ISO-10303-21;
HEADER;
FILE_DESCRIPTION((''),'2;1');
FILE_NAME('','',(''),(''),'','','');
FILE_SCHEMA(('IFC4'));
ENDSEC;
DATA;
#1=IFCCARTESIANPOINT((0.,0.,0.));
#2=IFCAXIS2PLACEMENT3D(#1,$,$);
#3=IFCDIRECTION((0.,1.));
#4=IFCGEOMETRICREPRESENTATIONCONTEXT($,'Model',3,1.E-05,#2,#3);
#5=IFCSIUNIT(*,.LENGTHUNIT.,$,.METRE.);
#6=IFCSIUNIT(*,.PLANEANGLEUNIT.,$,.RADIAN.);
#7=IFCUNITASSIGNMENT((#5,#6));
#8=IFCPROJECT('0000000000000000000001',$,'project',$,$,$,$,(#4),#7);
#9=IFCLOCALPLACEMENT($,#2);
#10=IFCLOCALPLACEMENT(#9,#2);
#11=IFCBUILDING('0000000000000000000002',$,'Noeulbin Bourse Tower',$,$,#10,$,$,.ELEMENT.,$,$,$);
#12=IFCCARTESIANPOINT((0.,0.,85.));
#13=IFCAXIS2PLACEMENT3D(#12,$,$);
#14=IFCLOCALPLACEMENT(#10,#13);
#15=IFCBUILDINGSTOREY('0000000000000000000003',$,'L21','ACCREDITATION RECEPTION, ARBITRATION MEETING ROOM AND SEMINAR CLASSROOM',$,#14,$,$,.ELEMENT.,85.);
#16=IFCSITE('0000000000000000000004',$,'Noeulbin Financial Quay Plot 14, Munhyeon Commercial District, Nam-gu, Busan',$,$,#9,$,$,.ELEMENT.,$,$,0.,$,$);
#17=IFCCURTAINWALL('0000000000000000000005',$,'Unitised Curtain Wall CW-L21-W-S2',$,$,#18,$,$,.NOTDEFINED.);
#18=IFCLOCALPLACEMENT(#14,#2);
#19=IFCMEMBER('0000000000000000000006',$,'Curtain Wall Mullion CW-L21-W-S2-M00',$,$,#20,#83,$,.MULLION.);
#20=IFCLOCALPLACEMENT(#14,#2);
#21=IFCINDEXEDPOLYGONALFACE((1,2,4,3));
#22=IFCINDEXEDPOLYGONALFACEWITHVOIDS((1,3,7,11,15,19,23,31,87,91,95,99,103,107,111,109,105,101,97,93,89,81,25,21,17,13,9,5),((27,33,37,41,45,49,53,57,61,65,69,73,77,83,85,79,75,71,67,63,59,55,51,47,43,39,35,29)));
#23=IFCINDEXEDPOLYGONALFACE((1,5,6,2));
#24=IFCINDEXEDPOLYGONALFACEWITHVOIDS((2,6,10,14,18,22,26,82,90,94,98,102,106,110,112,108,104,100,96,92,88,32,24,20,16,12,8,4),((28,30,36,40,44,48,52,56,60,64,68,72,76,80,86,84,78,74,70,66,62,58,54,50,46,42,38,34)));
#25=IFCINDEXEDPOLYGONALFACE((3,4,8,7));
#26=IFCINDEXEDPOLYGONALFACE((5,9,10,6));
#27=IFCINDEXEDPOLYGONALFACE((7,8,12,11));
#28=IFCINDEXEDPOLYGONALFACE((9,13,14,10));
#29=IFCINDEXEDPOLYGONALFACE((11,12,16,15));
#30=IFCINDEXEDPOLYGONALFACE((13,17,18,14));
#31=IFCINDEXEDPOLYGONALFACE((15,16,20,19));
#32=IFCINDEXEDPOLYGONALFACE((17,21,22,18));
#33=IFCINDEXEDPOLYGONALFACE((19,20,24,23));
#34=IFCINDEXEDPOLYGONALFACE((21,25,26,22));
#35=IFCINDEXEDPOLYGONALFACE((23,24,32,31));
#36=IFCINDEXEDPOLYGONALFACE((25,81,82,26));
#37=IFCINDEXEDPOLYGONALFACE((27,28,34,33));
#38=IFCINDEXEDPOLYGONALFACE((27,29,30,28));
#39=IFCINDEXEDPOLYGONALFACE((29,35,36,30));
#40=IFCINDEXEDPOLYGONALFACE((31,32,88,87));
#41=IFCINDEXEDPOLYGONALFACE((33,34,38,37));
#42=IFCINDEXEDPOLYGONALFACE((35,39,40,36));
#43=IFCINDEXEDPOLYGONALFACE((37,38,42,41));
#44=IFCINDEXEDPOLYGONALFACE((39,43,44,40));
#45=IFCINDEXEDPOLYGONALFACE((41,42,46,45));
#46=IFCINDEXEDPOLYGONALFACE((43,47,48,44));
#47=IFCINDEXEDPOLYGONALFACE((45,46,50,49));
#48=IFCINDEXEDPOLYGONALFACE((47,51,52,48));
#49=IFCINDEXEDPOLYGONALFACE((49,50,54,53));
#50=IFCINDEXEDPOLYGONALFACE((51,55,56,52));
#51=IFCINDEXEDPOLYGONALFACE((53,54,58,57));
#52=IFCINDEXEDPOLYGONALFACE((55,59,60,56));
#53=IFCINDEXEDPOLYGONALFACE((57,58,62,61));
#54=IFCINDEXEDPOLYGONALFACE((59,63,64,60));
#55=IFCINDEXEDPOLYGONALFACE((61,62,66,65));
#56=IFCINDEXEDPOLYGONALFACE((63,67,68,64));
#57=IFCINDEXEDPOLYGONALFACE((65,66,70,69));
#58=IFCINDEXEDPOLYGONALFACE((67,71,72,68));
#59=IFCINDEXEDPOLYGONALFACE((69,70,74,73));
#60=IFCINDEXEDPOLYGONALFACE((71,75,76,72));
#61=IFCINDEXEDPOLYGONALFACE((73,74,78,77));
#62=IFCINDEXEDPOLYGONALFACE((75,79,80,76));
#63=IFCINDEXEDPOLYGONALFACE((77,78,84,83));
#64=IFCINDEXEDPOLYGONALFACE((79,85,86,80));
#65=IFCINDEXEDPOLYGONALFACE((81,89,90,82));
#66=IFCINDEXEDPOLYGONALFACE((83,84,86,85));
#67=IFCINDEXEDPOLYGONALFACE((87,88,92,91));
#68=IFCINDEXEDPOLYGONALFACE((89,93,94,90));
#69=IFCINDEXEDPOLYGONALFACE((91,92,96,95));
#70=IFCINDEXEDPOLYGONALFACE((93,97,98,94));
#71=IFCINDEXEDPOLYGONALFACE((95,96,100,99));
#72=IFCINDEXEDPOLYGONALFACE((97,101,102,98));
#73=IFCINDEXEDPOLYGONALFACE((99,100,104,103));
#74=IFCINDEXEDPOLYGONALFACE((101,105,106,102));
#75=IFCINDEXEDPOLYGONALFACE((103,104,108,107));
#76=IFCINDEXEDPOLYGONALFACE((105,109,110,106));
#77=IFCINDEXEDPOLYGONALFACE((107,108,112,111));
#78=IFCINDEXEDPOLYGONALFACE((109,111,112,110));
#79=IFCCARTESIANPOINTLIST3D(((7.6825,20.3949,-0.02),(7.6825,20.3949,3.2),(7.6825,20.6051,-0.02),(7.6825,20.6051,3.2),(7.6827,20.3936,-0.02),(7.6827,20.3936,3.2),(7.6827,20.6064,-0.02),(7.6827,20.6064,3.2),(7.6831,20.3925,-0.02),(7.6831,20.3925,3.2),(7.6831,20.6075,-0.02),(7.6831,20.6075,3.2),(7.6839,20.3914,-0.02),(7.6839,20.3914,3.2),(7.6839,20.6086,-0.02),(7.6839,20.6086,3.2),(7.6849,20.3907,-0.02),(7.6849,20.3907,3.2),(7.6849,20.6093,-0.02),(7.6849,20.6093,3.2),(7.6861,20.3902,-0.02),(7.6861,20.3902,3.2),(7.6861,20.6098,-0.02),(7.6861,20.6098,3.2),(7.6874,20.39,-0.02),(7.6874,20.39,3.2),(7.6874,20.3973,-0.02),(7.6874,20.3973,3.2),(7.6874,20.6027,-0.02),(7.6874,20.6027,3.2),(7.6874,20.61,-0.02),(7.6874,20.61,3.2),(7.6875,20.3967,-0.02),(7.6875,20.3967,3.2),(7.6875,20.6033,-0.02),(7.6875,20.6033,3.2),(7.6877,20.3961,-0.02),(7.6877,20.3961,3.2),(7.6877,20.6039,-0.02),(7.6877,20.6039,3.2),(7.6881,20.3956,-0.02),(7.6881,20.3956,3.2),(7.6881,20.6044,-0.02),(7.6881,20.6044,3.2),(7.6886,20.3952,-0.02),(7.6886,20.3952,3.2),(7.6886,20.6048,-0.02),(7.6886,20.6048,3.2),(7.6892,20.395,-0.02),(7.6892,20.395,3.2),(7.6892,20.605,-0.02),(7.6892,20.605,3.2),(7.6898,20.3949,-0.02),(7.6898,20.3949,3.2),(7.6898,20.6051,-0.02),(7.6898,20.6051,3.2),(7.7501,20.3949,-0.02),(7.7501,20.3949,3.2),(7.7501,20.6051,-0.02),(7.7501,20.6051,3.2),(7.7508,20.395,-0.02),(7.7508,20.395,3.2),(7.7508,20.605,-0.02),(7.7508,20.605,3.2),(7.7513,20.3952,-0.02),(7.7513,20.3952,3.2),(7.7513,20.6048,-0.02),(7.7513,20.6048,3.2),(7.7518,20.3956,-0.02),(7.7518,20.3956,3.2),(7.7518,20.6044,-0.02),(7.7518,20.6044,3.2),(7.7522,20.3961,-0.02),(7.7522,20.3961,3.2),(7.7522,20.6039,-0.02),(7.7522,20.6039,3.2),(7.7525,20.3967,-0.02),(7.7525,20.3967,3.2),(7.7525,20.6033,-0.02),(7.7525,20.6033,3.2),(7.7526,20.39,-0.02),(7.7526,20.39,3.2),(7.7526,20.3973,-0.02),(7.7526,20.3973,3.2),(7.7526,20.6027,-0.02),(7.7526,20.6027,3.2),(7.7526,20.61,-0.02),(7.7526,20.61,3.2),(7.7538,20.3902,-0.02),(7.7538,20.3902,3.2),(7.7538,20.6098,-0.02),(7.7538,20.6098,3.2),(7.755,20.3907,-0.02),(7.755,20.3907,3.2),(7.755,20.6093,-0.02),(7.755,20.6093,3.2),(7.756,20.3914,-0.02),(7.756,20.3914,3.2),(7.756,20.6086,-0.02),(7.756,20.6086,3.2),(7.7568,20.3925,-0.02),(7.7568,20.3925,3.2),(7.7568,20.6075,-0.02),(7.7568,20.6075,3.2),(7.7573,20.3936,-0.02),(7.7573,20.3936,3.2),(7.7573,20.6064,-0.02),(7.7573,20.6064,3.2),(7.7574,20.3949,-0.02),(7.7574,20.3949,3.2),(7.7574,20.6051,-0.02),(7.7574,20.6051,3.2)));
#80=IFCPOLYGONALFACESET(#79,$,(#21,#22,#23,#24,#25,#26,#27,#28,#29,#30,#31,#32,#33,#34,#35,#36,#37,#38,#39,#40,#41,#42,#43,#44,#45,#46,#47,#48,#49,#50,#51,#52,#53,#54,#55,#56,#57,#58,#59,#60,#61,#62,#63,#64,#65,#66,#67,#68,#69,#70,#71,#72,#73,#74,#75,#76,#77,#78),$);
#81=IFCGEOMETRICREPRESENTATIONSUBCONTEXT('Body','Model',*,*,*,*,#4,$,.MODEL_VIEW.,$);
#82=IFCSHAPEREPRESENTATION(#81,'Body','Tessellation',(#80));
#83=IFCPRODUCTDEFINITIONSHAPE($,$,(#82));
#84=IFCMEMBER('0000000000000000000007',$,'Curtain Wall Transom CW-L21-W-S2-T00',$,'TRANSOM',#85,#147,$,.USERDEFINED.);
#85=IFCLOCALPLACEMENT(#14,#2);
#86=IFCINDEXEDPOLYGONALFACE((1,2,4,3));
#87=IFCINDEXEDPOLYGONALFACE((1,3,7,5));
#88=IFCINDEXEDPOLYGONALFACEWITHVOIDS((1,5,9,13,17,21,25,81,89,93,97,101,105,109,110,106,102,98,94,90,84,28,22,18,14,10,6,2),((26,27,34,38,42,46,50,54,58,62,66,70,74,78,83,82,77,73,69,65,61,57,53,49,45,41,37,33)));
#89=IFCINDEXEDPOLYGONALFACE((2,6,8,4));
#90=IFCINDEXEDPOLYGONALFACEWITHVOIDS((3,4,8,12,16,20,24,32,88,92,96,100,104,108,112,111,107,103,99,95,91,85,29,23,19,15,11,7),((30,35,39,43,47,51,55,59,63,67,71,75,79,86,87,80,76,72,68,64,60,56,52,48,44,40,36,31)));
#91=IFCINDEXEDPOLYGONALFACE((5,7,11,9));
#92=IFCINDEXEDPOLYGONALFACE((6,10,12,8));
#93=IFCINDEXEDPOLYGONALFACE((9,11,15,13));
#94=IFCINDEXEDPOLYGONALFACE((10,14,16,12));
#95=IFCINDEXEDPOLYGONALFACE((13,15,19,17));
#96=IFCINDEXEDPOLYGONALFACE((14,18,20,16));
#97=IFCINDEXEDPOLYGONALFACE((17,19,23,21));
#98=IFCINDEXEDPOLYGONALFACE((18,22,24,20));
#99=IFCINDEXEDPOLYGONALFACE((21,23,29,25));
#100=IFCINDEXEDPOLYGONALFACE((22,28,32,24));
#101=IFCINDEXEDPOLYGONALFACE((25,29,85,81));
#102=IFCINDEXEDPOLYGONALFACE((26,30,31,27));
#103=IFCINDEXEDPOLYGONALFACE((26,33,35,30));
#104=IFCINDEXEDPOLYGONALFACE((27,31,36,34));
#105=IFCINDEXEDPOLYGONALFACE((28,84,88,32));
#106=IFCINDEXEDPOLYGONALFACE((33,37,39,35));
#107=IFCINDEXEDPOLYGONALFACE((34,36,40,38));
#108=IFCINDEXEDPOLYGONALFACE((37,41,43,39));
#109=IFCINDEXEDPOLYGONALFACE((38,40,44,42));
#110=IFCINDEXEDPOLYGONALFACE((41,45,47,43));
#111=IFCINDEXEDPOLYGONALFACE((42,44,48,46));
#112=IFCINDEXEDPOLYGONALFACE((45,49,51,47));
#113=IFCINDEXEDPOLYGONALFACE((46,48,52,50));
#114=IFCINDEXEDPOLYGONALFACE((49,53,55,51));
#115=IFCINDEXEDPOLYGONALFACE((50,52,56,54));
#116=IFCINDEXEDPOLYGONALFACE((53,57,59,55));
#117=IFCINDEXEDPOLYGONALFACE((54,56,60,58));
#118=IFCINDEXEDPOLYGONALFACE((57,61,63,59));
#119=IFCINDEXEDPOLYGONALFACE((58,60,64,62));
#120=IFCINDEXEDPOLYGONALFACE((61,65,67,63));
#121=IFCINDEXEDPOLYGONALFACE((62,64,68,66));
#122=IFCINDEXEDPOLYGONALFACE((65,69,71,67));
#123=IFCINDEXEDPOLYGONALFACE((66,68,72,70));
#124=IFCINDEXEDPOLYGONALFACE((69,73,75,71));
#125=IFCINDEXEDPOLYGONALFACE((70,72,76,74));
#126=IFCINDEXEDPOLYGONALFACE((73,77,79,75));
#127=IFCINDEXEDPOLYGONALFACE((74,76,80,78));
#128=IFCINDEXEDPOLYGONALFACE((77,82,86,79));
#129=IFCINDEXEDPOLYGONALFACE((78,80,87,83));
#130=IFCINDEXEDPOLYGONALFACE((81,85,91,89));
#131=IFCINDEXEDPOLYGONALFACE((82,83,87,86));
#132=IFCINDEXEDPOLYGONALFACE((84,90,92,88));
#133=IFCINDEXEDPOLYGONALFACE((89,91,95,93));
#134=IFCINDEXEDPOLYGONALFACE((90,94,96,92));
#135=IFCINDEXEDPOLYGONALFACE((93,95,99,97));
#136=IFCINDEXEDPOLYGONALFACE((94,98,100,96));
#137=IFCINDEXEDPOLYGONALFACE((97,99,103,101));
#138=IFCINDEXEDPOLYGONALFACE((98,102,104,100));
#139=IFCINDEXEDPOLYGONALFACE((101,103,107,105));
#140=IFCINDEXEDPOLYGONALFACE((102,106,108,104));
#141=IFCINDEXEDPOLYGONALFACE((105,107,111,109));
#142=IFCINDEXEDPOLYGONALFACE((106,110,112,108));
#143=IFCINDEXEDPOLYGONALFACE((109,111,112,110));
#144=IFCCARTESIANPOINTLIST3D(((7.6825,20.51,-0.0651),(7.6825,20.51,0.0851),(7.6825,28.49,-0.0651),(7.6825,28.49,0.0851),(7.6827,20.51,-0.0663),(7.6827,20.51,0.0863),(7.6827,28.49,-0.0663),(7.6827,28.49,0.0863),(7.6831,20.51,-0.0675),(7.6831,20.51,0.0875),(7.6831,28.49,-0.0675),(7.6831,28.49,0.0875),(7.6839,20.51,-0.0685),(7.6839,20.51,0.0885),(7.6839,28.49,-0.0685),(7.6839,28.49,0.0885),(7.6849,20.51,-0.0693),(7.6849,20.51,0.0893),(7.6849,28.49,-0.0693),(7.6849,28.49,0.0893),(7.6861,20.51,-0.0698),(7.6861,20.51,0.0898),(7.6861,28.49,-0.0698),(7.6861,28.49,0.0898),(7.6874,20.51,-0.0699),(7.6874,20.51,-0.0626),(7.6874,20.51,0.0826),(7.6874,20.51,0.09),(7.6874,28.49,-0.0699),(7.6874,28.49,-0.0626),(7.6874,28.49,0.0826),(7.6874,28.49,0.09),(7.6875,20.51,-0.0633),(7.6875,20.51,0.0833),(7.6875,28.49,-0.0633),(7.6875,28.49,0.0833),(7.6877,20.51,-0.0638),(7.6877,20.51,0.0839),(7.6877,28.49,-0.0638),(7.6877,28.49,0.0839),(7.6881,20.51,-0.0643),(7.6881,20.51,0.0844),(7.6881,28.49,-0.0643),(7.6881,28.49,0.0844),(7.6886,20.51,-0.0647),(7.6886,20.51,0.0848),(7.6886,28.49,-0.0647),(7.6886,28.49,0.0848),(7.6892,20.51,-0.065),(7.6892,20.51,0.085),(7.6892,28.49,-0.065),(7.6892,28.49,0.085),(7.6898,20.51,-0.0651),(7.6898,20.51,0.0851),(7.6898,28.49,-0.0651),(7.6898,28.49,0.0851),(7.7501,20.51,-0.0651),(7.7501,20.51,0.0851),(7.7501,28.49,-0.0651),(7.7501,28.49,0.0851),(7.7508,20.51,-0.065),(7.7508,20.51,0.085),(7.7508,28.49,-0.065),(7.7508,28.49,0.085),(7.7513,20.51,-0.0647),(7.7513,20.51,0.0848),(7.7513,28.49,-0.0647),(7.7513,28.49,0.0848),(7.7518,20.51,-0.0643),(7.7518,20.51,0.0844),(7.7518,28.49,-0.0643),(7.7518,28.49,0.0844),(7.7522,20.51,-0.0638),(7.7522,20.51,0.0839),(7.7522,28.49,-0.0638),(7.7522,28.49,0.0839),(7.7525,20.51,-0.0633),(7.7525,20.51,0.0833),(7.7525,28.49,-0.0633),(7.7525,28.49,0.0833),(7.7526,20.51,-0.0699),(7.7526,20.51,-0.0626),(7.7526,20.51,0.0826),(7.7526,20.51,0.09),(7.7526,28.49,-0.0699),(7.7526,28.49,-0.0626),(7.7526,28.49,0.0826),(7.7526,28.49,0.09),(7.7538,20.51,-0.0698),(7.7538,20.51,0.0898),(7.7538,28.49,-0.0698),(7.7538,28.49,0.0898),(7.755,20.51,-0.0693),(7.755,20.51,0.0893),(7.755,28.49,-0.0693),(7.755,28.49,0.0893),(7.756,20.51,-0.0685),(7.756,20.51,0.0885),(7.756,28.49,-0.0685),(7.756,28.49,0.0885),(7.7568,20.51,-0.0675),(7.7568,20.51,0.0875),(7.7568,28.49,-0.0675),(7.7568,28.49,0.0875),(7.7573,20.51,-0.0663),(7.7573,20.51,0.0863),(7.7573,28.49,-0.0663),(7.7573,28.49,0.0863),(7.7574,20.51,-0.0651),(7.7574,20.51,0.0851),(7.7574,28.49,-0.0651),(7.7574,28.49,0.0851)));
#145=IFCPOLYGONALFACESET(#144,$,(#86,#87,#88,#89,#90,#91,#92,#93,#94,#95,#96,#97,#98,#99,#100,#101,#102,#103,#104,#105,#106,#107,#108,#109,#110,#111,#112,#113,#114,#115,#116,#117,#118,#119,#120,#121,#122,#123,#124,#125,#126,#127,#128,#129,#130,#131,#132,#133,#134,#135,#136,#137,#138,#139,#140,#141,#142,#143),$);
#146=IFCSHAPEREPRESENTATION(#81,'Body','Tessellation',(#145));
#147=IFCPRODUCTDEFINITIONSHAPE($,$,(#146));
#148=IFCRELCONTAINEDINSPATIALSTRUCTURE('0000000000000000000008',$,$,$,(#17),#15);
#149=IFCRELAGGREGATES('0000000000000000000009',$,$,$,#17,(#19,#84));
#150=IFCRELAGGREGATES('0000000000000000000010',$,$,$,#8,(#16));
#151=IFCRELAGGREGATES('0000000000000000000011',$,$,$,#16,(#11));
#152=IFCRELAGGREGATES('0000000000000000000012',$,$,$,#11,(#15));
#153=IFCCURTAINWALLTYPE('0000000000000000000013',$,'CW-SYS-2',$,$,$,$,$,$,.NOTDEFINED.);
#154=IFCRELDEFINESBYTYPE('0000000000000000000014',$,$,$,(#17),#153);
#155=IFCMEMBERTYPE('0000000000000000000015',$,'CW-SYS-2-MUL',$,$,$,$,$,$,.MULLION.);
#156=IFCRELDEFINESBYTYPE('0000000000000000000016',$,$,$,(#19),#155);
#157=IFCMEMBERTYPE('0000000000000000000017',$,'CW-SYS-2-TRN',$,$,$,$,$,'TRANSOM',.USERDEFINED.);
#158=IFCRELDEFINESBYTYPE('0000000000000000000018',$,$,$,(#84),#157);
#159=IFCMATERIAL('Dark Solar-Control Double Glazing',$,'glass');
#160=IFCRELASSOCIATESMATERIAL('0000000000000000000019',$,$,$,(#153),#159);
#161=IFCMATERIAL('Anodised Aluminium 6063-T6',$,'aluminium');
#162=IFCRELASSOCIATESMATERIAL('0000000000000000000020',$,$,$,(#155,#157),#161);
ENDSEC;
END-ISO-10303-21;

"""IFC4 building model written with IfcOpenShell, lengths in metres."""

from ifc_helpers import new_model, si_unit, direction, frame, origin, origin_2d, place, context, subcontext, project, spatial, hollow_rectangle, extrude, material, material_profile, profile_set, type_object, element, aggregate, save


model = new_model("IFC4")

# Units and contexts
model_context = context("Model", 3, precision=1e-05, world=origin(), true_north=direction((0.0, 1.0)))
body_context = subcontext(model_context, "Body", "Model", "MODEL_VIEW")
ifc_project = project(units=[si_unit("LENGTHUNIT", "METRE"), si_unit("PLANEANGLEUNIT", "RADIAN")], contexts=[model_context])

# Site, building, storey
site_placement = place(None, origin())
site = spatial("IfcSite", under=ifc_project, at=site_placement, Name="Noeulbin Financial Quay Plot 14, Munhyeon Commercial District, Nam-gu, Busan", CompositionType="ELEMENT", RefElevation=0.0)
building_placement = place(site_placement, origin())
building = spatial("IfcBuilding", under=site, at=building_placement, Name="Noeulbin Bourse Tower", CompositionType="ELEMENT")
storey_placement = place(building_placement, frame((0.0, 0.0, 85.0)))
storey = spatial("IfcBuildingStorey", under=building, at=storey_placement, Name="L21", Description="ACCREDITATION RECEPTION, ARBITRATION MEETING ROOM AND SEMINAR CLASSROOM", CompositionType="ELEMENT", Elevation=85.0)

# Curtain wall, members
ifc_material_1 = material(Name="Dark Solar-Control Double Glazing", Category="glass")
curtain_wall_type = type_object("IfcCurtainWallType", Name="CW-SYS-2", PredefinedType="NOTDEFINED", material=ifc_material_1)
curtain_wall_placement = place(storey_placement, origin())
curtain_wall = element("IfcCurtainWall", 1, at=curtain_wall_placement, inside=storey, type_object=curtain_wall_type, Name="Unitised Curtain Wall CW-L21-W-S2", PredefinedType="NOTDEFINED")
ifc_material_2 = material(Name="Anodised Aluminium 6063-T6", Category="aluminium")
ifc_material_profile_1 = material_profile(ifc_material_2, hollow_rectangle(XDim=0.075, YDim=0.22, WallThickness=0.0049, InnerFilletRadius=0.0024, OuterFilletRadius=0.0049, at=origin_2d()), Name="ALU-MULL-75x220x5", Category="LoadBearing")
ifc_profile_set_1 = profile_set([ifc_material_profile_1], Name="Anodised Aluminium 6063-T6")
member_type_1 = type_object("IfcMemberType", Name="CW-SYS-2-MUL", PredefinedType="MULLION", material=ifc_profile_set_1)
member_1_placement = place(storey_placement, frame((7.72, 20.5, -0.02), z_axis=(0.0, 0.0, 1.0), x_axis=(1.0, 0.0, 0.0)))
member_1 = element("IfcMember", 2, at=member_1_placement, type_object=member_type_1, Name="Curtain Wall Mullion CW-L21-W-S2-M00", PredefinedType="MULLION", context=body_context, shape_type="SweptSolid", body=[
    extrude(hollow_rectangle(XDim=0.075, YDim=0.22, WallThickness=0.0049, InnerFilletRadius=0.0024, OuterFilletRadius=0.0049, at=origin_2d()), origin(), (0.0, 0.0, 1.0), 3.22),
])
ifc_material_profile_2 = material_profile(ifc_material_2, hollow_rectangle(XDim=0.075, YDim=0.1599, WallThickness=0.0049, InnerFilletRadius=0.0024, OuterFilletRadius=0.0049, at=origin_2d()), Name="ALU-TRAN-75x160x5", Category="LoadBearing")
ifc_profile_set_2 = profile_set([ifc_material_profile_2], Name="Anodised Aluminium 6063-T6")
member_type_2 = type_object("IfcMemberType", Name="CW-SYS-2-TRN", ElementType="TRANSOM", PredefinedType="USERDEFINED", material=ifc_profile_set_2)
member_2_placement = place(storey_placement, frame((7.72, 20.51, 0.01), z_axis=(0.0, 1.0, 0.0), x_axis=(-1.0, 0.0, 0.0)))
member_2 = element("IfcMember", 3, at=member_2_placement, type_object=member_type_2, Name="Curtain Wall Transom CW-L21-W-S2-T00", ObjectType="TRANSOM", PredefinedType="USERDEFINED", context=body_context, shape_type="SweptSolid", body=[
    extrude(hollow_rectangle(XDim=0.075, YDim=0.1599, WallThickness=0.0049, InnerFilletRadius=0.0024, OuterFilletRadius=0.0049, at=origin_2d()), origin(), (0.0, 0.0, 1.0), 7.98),
])
aggregate(curtain_wall, [member_1, member_2])

save(model, "model.ifc")
